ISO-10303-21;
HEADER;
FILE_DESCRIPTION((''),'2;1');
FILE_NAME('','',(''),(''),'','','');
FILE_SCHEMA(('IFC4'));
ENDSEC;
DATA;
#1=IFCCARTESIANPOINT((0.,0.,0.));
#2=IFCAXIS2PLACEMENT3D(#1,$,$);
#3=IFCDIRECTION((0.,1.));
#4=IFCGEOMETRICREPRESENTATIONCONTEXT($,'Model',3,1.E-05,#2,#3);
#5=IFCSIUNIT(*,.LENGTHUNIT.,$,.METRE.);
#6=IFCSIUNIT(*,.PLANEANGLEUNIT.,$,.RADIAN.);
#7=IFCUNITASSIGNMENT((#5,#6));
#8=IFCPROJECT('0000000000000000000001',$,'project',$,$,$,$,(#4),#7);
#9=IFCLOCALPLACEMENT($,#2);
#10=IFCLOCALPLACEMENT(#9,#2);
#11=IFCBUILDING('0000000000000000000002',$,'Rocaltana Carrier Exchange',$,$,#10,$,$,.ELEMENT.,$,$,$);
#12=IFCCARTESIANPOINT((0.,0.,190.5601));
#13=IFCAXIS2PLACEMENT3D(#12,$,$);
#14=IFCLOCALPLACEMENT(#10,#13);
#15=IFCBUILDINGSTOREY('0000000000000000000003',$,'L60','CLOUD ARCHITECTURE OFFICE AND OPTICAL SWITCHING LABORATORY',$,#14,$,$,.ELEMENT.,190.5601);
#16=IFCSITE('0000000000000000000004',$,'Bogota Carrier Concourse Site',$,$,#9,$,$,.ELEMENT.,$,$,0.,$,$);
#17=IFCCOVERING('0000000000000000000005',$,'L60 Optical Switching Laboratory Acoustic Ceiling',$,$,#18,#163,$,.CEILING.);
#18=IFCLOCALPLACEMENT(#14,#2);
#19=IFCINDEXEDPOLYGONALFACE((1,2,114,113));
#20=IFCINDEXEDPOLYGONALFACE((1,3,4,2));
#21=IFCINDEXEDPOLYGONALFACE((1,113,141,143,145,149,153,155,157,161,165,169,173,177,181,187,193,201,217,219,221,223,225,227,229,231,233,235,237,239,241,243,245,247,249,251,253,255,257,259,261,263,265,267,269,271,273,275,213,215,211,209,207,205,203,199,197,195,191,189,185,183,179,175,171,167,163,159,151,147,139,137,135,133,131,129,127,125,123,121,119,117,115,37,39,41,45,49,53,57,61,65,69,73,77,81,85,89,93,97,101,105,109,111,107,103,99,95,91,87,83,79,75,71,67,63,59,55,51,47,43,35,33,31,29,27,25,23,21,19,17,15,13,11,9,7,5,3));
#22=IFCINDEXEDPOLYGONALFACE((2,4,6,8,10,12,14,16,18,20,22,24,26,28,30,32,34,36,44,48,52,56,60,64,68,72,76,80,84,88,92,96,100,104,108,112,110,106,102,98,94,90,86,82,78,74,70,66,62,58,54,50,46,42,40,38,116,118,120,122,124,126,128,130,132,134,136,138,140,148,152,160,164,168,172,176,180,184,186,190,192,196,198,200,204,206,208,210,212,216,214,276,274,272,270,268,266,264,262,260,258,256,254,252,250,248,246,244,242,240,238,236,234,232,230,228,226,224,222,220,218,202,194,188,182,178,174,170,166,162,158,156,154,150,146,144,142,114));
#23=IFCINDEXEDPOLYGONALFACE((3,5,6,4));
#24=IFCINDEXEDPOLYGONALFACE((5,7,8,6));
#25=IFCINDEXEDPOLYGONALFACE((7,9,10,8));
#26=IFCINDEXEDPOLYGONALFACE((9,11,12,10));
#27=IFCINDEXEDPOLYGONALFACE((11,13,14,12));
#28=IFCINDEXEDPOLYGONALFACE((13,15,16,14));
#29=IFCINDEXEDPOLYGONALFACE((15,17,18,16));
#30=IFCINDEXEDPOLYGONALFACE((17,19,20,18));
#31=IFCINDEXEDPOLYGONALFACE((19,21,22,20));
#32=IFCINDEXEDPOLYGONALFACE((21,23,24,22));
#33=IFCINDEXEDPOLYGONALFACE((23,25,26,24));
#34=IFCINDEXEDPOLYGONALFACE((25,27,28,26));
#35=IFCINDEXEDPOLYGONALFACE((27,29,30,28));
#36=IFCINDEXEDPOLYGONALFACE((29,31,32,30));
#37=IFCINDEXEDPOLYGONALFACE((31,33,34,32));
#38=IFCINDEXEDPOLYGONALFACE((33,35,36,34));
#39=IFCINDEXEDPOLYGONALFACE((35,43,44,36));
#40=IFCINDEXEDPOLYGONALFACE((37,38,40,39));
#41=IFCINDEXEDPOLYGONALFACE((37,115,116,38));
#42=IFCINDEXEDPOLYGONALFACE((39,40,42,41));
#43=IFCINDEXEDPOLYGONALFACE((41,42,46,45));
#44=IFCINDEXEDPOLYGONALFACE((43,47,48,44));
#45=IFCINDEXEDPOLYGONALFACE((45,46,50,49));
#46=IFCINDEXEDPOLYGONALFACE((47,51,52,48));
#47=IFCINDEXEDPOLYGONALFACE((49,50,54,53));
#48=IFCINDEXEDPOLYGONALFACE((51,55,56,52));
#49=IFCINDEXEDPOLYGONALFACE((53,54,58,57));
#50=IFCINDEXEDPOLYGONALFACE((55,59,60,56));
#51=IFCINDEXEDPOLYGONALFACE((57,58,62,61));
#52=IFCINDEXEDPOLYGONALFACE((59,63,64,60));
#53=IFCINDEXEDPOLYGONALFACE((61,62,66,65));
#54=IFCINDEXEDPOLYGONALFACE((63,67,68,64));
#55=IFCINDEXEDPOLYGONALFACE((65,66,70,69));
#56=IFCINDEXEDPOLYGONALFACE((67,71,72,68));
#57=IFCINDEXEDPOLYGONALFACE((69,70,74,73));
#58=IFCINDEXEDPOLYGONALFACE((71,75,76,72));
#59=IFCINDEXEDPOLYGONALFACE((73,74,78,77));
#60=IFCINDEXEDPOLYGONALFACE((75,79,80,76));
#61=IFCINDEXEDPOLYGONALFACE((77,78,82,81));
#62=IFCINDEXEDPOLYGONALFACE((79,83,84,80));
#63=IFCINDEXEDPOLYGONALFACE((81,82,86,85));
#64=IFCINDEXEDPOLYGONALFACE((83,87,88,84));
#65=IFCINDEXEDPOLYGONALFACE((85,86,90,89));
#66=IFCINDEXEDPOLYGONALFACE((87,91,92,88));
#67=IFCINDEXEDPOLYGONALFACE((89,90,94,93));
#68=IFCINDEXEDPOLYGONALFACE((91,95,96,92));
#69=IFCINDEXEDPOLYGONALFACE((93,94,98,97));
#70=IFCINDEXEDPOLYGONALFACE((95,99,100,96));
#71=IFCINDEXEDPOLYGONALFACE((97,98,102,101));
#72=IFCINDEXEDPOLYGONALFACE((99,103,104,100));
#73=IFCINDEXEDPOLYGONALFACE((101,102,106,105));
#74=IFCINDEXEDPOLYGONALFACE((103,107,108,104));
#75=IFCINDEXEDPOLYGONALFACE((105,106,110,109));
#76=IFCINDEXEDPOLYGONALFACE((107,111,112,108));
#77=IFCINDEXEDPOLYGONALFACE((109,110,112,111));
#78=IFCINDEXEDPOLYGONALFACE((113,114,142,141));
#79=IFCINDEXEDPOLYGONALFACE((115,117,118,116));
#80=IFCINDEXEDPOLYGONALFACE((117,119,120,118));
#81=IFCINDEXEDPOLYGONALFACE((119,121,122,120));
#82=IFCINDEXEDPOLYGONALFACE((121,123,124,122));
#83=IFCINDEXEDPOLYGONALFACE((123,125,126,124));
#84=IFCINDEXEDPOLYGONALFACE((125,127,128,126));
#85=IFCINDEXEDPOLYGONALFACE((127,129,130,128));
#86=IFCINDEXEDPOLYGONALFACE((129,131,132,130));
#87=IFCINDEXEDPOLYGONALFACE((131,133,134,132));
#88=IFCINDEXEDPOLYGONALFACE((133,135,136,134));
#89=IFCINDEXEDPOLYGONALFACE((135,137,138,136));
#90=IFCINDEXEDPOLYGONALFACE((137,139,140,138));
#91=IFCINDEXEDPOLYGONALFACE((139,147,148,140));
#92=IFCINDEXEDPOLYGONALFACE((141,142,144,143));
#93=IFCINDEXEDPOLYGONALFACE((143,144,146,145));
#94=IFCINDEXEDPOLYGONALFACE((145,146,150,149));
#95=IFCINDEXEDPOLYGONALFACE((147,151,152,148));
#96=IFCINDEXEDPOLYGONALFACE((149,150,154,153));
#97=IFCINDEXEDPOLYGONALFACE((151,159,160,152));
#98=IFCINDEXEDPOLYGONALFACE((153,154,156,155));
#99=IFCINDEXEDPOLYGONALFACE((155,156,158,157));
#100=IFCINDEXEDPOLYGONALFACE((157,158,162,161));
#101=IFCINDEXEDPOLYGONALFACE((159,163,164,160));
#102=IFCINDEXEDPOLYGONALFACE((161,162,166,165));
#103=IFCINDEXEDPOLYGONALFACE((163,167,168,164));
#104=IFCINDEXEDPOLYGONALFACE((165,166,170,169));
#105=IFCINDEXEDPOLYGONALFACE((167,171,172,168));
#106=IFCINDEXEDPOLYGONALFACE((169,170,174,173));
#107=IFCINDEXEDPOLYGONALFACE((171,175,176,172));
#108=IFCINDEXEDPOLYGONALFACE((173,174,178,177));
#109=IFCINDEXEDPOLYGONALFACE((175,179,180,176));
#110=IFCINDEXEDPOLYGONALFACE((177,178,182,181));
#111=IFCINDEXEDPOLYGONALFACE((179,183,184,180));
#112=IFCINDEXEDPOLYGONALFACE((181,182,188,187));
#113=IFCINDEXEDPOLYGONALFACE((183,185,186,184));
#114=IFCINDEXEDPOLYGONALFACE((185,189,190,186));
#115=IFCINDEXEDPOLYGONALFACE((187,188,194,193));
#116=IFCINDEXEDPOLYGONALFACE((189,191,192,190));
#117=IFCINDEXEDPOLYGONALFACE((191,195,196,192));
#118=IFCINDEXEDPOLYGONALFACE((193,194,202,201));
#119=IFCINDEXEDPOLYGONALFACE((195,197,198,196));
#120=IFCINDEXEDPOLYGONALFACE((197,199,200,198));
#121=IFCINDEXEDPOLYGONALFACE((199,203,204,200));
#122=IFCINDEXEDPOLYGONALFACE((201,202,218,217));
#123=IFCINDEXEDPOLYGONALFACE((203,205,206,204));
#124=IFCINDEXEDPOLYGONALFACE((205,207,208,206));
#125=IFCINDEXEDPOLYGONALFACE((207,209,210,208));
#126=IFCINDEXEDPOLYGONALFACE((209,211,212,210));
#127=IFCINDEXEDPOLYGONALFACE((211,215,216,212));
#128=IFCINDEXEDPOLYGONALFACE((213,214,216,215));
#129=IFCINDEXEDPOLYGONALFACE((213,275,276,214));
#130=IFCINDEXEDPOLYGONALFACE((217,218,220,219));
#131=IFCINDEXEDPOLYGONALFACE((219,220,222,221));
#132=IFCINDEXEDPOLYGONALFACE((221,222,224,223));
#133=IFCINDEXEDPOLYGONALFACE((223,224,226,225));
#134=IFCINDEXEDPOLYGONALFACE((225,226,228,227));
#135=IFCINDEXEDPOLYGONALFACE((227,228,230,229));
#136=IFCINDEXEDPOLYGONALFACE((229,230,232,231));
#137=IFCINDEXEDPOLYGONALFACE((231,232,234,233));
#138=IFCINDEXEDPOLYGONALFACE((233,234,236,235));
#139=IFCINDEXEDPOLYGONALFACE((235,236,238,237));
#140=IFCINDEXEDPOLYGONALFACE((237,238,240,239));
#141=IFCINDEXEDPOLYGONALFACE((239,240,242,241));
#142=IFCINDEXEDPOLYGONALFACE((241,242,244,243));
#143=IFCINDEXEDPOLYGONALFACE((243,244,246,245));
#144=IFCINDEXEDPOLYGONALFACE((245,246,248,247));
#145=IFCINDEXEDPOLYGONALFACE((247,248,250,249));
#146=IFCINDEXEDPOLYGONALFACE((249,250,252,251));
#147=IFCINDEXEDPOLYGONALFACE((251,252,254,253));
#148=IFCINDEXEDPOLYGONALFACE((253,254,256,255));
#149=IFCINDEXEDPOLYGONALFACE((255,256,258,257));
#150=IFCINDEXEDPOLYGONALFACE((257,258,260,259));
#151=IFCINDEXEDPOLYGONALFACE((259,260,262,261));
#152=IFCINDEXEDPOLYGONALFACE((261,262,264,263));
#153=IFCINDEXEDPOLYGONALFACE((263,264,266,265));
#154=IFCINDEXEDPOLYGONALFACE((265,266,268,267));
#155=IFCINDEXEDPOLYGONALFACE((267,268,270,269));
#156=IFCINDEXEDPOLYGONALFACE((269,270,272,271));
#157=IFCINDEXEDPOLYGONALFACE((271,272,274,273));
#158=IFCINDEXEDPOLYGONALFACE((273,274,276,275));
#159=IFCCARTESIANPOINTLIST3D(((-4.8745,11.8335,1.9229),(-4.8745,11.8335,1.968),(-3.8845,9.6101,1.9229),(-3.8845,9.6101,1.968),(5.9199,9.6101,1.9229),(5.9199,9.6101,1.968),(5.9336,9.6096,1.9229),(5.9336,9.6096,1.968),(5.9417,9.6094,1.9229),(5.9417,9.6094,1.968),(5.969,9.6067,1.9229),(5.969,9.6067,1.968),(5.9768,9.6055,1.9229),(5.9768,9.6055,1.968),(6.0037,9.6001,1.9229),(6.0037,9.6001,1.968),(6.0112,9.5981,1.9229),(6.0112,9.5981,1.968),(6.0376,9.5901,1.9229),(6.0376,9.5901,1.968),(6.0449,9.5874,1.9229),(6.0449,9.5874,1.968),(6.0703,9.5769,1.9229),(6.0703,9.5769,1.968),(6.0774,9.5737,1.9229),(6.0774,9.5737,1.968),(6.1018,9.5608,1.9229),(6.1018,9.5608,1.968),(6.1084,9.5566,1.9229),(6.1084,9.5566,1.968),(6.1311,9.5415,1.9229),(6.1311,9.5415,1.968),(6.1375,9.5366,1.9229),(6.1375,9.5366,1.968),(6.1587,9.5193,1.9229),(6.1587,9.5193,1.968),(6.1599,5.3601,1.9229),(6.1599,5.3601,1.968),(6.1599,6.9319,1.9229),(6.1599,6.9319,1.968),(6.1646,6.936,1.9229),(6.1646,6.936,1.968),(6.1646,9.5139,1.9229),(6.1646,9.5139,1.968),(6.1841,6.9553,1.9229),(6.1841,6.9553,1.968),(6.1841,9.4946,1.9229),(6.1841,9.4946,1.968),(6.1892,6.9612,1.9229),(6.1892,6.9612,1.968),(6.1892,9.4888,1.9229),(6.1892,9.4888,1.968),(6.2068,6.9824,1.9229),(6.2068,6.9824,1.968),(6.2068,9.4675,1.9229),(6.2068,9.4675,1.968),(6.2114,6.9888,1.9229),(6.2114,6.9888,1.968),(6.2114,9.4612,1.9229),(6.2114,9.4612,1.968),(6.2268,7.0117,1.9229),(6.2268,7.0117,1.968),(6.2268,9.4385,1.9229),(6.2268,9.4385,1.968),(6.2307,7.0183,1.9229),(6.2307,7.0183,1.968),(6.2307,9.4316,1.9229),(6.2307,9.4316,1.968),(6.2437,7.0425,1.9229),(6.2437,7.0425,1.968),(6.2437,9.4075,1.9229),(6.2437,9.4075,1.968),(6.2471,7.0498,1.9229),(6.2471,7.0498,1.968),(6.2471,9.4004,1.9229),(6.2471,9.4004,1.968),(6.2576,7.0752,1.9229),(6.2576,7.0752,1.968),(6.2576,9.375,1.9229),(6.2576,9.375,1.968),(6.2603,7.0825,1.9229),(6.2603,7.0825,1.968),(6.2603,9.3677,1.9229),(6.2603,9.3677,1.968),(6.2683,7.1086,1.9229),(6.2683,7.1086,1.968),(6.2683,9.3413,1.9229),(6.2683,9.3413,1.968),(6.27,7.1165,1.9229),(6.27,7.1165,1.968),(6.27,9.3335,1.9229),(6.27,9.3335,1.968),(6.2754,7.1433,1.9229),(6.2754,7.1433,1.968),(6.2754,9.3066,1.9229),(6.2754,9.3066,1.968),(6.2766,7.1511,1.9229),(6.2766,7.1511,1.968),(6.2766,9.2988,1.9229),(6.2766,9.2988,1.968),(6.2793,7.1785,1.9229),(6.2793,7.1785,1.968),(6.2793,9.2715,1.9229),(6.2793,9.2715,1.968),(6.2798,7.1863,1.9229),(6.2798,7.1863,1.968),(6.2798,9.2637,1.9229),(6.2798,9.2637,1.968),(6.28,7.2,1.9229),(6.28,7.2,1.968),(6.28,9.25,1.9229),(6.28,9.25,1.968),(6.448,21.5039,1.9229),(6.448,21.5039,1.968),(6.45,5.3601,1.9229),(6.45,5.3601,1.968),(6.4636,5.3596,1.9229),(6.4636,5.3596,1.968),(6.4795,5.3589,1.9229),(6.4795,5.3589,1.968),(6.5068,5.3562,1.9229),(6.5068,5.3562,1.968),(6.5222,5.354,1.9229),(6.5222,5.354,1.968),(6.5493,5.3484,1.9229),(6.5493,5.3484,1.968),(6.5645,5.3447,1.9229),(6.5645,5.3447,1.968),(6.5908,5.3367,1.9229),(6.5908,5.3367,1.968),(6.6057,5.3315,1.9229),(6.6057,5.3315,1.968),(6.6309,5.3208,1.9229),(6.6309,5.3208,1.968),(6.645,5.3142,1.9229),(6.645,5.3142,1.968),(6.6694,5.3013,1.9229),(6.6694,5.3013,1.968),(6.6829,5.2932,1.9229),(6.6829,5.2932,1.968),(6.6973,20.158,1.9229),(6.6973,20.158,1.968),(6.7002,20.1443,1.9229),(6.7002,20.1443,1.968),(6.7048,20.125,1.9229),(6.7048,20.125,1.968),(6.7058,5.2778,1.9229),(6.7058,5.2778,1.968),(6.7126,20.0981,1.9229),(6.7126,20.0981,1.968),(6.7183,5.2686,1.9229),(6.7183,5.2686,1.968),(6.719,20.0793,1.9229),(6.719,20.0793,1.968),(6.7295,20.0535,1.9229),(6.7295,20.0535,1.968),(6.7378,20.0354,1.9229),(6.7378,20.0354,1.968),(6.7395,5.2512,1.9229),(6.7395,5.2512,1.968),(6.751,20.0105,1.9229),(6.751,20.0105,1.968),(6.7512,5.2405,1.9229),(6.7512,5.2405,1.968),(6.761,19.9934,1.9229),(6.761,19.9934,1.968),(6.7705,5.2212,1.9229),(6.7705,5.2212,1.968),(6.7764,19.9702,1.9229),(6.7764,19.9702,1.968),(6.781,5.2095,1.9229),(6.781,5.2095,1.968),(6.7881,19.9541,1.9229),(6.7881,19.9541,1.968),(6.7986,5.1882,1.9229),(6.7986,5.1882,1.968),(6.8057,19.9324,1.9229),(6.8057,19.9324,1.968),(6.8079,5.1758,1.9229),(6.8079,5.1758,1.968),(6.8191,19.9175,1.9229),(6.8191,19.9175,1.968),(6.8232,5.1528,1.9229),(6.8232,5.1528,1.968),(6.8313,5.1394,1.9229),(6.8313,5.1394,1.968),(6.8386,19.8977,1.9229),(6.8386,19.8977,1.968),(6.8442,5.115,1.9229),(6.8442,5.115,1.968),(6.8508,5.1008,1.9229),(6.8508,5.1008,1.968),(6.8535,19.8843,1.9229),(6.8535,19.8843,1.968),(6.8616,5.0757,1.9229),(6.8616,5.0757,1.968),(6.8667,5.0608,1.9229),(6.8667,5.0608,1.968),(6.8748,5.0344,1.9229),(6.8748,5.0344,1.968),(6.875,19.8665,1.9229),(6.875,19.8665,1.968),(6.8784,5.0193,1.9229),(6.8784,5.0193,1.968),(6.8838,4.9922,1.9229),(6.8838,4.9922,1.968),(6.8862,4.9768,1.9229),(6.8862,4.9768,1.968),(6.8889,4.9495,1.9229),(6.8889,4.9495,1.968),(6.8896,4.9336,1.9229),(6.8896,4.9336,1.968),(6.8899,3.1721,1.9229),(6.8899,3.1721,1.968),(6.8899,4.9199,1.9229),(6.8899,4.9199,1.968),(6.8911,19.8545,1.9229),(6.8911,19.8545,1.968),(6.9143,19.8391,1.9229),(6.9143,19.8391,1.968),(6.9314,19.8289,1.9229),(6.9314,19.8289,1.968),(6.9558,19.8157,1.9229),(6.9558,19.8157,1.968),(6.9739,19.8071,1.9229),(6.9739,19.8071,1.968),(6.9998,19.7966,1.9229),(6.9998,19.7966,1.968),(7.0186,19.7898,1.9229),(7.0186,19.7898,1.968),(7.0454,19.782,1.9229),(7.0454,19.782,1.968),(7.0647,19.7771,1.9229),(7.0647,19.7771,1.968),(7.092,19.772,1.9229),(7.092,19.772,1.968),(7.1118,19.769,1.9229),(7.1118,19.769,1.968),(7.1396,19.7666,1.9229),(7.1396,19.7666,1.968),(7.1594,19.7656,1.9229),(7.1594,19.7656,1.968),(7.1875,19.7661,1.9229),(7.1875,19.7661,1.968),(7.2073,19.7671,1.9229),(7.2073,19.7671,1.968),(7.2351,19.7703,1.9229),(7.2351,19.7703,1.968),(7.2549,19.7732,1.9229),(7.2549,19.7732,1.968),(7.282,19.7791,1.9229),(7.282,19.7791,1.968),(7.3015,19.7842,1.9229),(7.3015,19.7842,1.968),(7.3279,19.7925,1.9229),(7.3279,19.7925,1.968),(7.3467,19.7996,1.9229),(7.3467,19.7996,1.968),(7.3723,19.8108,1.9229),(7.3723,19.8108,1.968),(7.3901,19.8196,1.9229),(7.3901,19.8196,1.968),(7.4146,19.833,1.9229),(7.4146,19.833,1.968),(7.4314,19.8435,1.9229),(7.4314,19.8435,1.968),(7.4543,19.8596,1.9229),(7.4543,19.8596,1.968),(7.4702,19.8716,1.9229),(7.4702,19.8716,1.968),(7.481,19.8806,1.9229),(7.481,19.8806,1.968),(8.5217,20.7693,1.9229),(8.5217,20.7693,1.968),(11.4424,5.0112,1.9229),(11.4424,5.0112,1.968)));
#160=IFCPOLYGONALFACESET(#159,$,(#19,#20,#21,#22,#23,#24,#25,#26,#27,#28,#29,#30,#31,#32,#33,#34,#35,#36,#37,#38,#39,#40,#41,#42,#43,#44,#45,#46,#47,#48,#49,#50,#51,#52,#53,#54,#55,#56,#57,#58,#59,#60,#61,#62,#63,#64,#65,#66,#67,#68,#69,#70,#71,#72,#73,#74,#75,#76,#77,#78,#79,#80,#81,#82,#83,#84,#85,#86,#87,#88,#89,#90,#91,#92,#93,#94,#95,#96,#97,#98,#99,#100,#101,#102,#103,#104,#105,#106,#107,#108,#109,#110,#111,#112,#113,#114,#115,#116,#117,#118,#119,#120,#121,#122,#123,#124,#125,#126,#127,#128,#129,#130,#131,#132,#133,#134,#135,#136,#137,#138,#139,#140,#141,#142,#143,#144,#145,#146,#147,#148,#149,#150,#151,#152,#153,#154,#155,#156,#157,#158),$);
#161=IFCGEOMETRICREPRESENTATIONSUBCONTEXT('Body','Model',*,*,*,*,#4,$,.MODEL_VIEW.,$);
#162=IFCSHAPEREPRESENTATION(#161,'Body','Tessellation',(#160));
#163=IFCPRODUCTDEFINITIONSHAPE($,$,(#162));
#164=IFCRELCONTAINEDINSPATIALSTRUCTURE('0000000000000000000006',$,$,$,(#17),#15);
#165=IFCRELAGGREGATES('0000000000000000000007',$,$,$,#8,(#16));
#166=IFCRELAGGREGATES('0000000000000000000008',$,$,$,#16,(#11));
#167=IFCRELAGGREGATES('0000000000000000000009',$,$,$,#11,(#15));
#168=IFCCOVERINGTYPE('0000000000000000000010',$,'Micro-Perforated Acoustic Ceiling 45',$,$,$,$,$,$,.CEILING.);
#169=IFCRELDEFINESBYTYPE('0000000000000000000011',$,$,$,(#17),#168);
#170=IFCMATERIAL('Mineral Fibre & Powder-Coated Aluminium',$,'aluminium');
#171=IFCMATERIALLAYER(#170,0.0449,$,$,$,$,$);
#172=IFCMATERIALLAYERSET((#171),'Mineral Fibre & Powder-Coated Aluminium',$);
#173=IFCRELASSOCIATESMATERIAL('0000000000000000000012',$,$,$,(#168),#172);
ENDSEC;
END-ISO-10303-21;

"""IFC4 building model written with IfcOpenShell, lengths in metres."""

from ifc_helpers import new_model, si_unit, direction, frame, origin, place, context, subcontext, project, spatial, polyline, outline, extrude, material, layer, layer_set, type_object, element, save


model = new_model("IFC4")

# Units and contexts
model_context = context("Model", 3, precision=1e-05, world=origin(), true_north=direction((0.0, 1.0)))
body_context = subcontext(model_context, "Body", "Model", "MODEL_VIEW")
ifc_project = project(units=[si_unit("LENGTHUNIT", "METRE"), si_unit("PLANEANGLEUNIT", "RADIAN")], contexts=[model_context])

# Site, building, storey
site_placement = place(None, origin())
site = spatial("IfcSite", under=ifc_project, at=site_placement, Name="Bogota Carrier Concourse Site", CompositionType="ELEMENT", RefElevation=0.0)
building_placement = place(site_placement, origin())
building = spatial("IfcBuilding", under=site, at=building_placement, Name="Rocaltana Carrier Exchange", CompositionType="ELEMENT")
storey_placement = place(building_placement, frame((0.0, 0.0, 190.5601)))
storey = spatial("IfcBuildingStorey", under=building, at=storey_placement, Name="L60", Description="CLOUD ARCHITECTURE OFFICE AND OPTICAL SWITCHING LABORATORY", CompositionType="ELEMENT", Elevation=190.5601)

# Covering
ifc_material_1 = material(Name="Mineral Fibre & Powder-Coated Aluminium", Category="aluminium")
ifc_layer_1 = layer(ifc_material_1, 0.0449)
ifc_layer_set_1 = layer_set([ifc_layer_1], Name="Mineral Fibre & Powder-Coated Aluminium")
covering_type_1 = type_object("IfcCoveringType", Name="Micro-Perforated Acoustic Ceiling 45", PredefinedType="CEILING", material=ifc_layer_set_1)
covering_1_placement = place(storey_placement, frame((0.0, 0.0, 1.9229)))
element("IfcCovering", 1, at=covering_1_placement, inside=storey, type_object=covering_type_1, Name="L60 Optical Switching Laboratory Acoustic Ceiling", PredefinedType="CEILING", context=body_context, shape_type="SweptSolid", body=[
    extrude(outline(polyline([(6.1599, 6.9319), (6.1646, 6.936), (6.1841, 6.9553), (6.1892, 6.9612), (6.2068, 6.9824), (6.2114, 6.9888), (6.2268, 7.0117), (6.2307, 7.0183), (6.2437, 7.0425), (6.2471, 7.0498), (6.2576, 7.0752), (6.2603, 7.0825), (6.2683, 7.1086), (6.27, 7.1165), (6.2754, 7.1433), (6.2766, 7.1511), (6.2793, 7.1785), (6.2798, 7.1863), (6.28, 7.2), (6.28, 9.25), (6.2798, 9.2637), (6.2793, 9.2715), (6.2766, 9.2988), (6.2754, 9.3066), (6.27, 9.3335), (6.2683, 9.3413), (6.2603, 9.3677), (6.2576, 9.375), (6.2471, 9.4004), (6.2437, 9.4075), (6.2307, 9.4316), (6.2268, 9.4385), (6.2114, 9.4612), (6.2068, 9.4675), (6.1892, 9.4888), (6.1841, 9.4946), (6.1646, 9.5139), (6.1587, 9.5193), (6.1375, 9.5366), (6.1311, 9.5415), (6.1084, 9.5566), (6.1018, 9.5608), (6.0774, 9.5737), (6.0703, 9.5769), (6.0449, 9.5874), (6.0376, 9.5901), (6.0112, 9.5981), (6.0037, 9.6001), (5.9768, 9.6055), (5.969, 9.6067), (5.9417, 9.6094), (5.9336, 9.6096), (5.9199, 9.6101), (-3.8845, 9.6101), (-4.8745, 11.8335), (6.448, 21.5039), (6.6973, 20.158), (6.7002, 20.1443), (6.7048, 20.125), (6.7126, 20.0981), (6.719, 20.0793), (6.7295, 20.0535), (6.7378, 20.0354), (6.751, 20.0105), (6.761, 19.9934), (6.7764, 19.9702), (6.7881, 19.9541), (6.8057, 19.9324), (6.8191, 19.9175), (6.8386, 19.8977), (6.8535, 19.8843), (6.875, 19.8665), (6.8911, 19.8545), (6.9143, 19.8391), (6.9314, 19.8289), (6.9558, 19.8157), (6.9739, 19.8071), (6.9998, 19.7966), (7.0186, 19.7898), (7.0454, 19.782), (7.0647, 19.7771), (7.092, 19.772), (7.1118, 19.769), (7.1396, 19.7666), (7.1594, 19.7656), (7.1875, 19.7661), (7.2073, 19.7671), (7.2351, 19.7703), (7.2549, 19.7732), (7.282, 19.7791), (7.3015, 19.7842), (7.3279, 19.7925), (7.3467, 19.7996), (7.3723, 19.8108), (7.3901, 19.8196), (7.4146, 19.833), (7.4314, 19.8435), (7.4543, 19.8596), (7.4702, 19.8716), (7.481, 19.8806), (8.5217, 20.7693), (11.4424, 5.0112), (6.8899, 3.1721), (6.8899, 4.9199), (6.8896, 4.9336), (6.8889, 4.9495), (6.8862, 4.9768), (6.8838, 4.9922), (6.8784, 5.0193), (6.8748, 5.0344), (6.8667, 5.0608), (6.8616, 5.0757), (6.8508, 5.1008), (6.8442, 5.115), (6.8313, 5.1394), (6.8232, 5.1528), (6.8079, 5.1758), (6.7986, 5.1882), (6.781, 5.2095), (6.7705, 5.2212), (6.7512, 5.2405), (6.7395, 5.2512), (6.7183, 5.2686), (6.7058, 5.2778), (6.6829, 5.2932), (6.6694, 5.3013), (6.645, 5.3142), (6.6309, 5.3208), (6.6057, 5.3315), (6.5908, 5.3367), (6.5645, 5.3447), (6.5493, 5.3484), (6.5222, 5.354), (6.5068, 5.3562), (6.4795, 5.3589), (6.4636, 5.3596), (6.45, 5.3601), (6.1599, 5.3601), (6.1599, 6.9319)])), origin(), (0.0, 0.0, 1.0), 0.0452),
])

save(model, "model.ifc")
